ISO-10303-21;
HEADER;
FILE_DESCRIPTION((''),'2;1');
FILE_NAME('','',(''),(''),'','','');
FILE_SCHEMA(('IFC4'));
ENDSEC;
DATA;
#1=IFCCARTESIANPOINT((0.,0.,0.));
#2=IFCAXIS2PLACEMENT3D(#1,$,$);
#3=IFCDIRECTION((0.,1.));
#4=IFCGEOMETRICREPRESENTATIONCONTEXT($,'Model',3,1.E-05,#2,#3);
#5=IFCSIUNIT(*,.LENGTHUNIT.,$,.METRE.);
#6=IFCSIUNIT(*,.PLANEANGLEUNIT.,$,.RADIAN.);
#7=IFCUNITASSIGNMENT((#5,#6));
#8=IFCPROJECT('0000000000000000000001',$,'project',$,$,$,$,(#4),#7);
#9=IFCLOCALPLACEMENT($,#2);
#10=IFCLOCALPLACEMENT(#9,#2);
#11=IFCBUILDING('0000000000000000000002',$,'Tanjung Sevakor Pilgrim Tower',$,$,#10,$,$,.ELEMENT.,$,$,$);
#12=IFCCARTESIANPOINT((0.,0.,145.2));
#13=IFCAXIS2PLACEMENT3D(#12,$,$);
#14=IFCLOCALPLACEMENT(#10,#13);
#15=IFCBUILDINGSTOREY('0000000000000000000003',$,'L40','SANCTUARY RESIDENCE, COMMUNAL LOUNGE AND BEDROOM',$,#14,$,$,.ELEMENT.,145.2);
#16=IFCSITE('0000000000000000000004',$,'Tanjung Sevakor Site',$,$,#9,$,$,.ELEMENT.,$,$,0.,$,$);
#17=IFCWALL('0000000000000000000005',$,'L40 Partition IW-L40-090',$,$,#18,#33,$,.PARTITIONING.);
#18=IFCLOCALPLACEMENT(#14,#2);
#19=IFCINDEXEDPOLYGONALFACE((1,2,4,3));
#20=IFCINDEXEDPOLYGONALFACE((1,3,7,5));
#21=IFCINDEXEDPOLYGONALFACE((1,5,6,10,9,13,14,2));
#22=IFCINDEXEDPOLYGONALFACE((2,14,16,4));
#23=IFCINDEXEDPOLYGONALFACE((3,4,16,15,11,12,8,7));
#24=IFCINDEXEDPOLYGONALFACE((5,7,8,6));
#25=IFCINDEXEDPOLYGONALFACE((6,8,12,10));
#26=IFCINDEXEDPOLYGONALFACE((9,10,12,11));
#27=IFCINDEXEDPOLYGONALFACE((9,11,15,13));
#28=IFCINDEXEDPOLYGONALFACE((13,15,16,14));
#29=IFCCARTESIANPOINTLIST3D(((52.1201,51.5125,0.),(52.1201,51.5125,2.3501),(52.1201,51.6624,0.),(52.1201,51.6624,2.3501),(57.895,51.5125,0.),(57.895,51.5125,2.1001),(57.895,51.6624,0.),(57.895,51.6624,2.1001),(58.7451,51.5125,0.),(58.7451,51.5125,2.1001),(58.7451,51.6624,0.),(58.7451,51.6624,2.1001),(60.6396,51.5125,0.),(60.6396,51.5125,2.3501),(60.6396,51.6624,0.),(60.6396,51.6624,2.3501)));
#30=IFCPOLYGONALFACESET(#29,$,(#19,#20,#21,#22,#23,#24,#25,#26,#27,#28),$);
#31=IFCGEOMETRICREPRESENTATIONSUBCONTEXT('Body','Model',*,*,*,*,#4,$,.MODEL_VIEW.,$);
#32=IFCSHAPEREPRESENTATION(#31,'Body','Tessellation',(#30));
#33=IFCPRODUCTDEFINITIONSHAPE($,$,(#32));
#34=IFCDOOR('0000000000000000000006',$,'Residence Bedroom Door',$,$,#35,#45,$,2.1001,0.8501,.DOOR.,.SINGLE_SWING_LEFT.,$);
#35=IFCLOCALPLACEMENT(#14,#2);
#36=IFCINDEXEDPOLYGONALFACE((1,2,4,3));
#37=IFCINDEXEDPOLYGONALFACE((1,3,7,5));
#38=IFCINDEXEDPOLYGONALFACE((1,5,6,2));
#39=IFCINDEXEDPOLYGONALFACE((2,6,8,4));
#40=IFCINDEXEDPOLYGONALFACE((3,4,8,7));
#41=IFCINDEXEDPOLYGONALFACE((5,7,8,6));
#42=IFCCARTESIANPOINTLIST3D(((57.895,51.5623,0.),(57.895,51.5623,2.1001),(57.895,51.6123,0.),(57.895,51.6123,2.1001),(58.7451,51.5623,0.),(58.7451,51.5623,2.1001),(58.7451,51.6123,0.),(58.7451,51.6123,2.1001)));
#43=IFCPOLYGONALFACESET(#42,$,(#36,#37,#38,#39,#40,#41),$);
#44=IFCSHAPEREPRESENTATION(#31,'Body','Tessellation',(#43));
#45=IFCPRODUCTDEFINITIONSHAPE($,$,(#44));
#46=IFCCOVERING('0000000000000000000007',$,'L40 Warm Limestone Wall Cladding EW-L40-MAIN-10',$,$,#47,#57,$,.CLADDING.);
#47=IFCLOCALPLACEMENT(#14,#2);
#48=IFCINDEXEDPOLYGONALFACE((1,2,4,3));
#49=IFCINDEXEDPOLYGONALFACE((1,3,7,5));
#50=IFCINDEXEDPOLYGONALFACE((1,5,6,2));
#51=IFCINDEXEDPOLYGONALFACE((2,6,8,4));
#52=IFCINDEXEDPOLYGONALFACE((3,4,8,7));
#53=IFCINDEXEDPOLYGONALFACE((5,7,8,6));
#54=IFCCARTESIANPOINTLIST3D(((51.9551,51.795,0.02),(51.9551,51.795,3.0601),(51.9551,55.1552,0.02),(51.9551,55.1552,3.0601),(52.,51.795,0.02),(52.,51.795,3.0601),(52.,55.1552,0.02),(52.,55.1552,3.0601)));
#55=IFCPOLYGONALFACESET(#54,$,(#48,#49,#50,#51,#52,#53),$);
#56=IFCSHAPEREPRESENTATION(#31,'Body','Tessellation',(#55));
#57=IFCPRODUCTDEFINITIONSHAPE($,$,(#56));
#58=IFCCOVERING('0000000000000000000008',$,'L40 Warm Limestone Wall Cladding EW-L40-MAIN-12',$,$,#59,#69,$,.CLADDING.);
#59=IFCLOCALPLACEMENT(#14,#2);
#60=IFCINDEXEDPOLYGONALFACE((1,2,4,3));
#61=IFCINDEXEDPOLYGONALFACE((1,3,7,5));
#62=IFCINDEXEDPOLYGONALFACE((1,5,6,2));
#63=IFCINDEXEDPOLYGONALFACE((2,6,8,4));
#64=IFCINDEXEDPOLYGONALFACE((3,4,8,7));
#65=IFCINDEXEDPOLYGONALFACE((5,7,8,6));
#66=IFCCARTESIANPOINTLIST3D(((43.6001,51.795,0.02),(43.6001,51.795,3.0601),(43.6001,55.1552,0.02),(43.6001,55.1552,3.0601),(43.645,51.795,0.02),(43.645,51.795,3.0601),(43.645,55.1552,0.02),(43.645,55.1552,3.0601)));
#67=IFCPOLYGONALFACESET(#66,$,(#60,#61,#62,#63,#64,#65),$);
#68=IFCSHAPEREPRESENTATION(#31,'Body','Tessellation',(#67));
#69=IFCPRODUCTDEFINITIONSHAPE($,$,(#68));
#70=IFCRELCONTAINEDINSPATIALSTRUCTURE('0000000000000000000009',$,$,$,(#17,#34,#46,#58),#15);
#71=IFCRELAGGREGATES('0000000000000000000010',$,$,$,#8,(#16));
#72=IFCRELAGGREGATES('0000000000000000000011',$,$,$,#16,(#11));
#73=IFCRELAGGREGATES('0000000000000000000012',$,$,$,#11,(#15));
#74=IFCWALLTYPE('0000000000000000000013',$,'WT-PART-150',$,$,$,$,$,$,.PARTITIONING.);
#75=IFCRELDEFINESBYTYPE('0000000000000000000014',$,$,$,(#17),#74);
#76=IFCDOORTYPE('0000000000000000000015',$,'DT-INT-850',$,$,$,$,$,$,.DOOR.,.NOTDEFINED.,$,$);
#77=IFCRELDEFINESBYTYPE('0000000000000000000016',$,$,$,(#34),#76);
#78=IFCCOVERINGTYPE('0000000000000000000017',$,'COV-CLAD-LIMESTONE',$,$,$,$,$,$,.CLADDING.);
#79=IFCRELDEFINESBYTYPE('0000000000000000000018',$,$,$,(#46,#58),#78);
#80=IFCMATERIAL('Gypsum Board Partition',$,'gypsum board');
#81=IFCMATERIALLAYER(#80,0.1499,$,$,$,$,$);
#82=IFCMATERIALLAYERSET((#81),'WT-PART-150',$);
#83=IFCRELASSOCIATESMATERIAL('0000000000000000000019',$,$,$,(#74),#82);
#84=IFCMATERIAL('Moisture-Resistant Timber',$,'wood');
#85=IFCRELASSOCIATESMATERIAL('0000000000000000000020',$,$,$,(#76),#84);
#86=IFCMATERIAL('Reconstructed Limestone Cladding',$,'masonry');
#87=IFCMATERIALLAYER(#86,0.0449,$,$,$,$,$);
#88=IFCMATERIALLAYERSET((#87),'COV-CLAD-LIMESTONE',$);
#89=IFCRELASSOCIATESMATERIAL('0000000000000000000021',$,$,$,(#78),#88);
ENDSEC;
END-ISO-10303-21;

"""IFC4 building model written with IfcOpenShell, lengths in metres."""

from ifc_helpers import new_model, si_unit, direction, frame, frame_2d, origin, origin_2d, place, context, subcontext, project, spatial, rectangle, extrude, material, layer, layer_set, type_object, element, fill, save


model = new_model("IFC4")

# Units and contexts
model_context = context("Model", 3, precision=1e-05, world=origin(), true_north=direction((0.0, 1.0)))
body_context = subcontext(model_context, "Body", "Model", "MODEL_VIEW")
ifc_project = project(units=[si_unit("LENGTHUNIT", "METRE"), si_unit("PLANEANGLEUNIT", "RADIAN")], contexts=[model_context])

# Site, building, storey
site_placement = place(None, origin())
site = spatial("IfcSite", under=ifc_project, at=site_placement, Name="Tanjung Sevakor Site", CompositionType="ELEMENT", RefElevation=0.0)
building_placement = place(site_placement, origin())
building = spatial("IfcBuilding", under=site, at=building_placement, Name="Tanjung Sevakor Pilgrim Tower", CompositionType="ELEMENT")
storey_placement = place(building_placement, frame((0.0, 0.0, 145.2)))
storey = spatial("IfcBuildingStorey", under=building, at=storey_placement, Name="L40", Description="SANCTUARY RESIDENCE, COMMUNAL LOUNGE AND BEDROOM", CompositionType="ELEMENT", Elevation=145.2)

# Shared definitions
ifc_material_1 = material(Name="Gypsum Board Partition", Category="gypsum board")
ifc_layer_1 = layer(ifc_material_1, 0.1499)
ifc_layer_set_1 = layer_set([ifc_layer_1], Name="WT-PART-150")
wall_type_1 = type_object("IfcWallType", Name="WT-PART-150", PredefinedType="PARTITIONING", material=ifc_layer_set_1)

# Wall, opening, door
wall_1_placement = place(storey_placement, frame((52.1201, 51.5874, 0.0), z_axis=(0.0, 0.0, 1.0), x_axis=(1.0, 0.0, 0.0)))
wall_1 = element("IfcWall", 1, at=wall_1_placement, inside=storey, type_object=wall_type_1, Name="L40 Partition IW-L40-090", PredefinedType="PARTITIONING", context=body_context, shape_type="SweptSolid", body=[
    extrude(rectangle(XDim=8.5195, YDim=0.1499, at=frame_2d((4.2598, 0.0))), origin(), (0.0, 0.0, 1.0), 2.3501),
])
opening_1_placement = place(wall_1_placement, frame((5.7749, 0.0, 0.0)))
opening_1 = element("IfcOpeningElement", 2, at=opening_1_placement, cuts=wall_1, PredefinedType="OPENING", context=body_context, shape_type="SweptSolid", body=[
    extrude(rectangle(XDim=0.8501, YDim=2.1001, at=frame_2d((0.425, 1.05))), frame((0.0, 0.085, 0.0), z_axis=(0.0, -1.0, 0.0), x_axis=(1.0, 0.0, 0.0)), (0.0, 0.0, 1.0), 0.1699),
])
ifc_material_2 = material(Name="Moisture-Resistant Timber", Category="wood")
door_type_1 = type_object("IfcDoorType", Name="DT-INT-850", OperationType="NOTDEFINED", PredefinedType="DOOR", material=ifc_material_2)
door_1_placement = place(opening_1_placement, origin())
door_1 = element("IfcDoor", 3, at=door_1_placement, inside=storey, type_object=door_type_1, Name="Residence Bedroom Door", OperationType="SINGLE_SWING_LEFT", OverallHeight=2.1001, OverallWidth=0.8501, PredefinedType="DOOR", context=body_context, shape_type="SweptSolid", body=[
    extrude(rectangle(XDim=0.8501, YDim=2.1001, at=frame_2d((0.425, 1.05))), frame((0.0, 0.0249, 0.0), z_axis=(0.0, -1.0, 0.0), x_axis=(1.0, 0.0, 0.0)), (0.0, 0.0, 1.0), 0.05),
])
fill(opening_1, door_1)

# Coverings
ifc_material_3 = material(Name="Reconstructed Limestone Cladding", Category="masonry")
ifc_layer_2 = layer(ifc_material_3, 0.0449)
ifc_layer_set_2 = layer_set([ifc_layer_2], Name="COV-CLAD-LIMESTONE")
covering_type = type_object("IfcCoveringType", Name="COV-CLAD-LIMESTONE", PredefinedType="CLADDING", material=ifc_layer_set_2)
for number, where, z_axis, x_axis, name in (
    (4, (51.9775, 53.4751, 0.02), (0.0, 0.0, 1.0), (0.0, -1.0, 0.0), "L40 Warm Limestone Wall Cladding EW-L40-MAIN-10"),
    (5, (43.6226, 53.4751, 0.02), (0.0, 0.0, 1.0), (0.0, 1.0, 0.0), "L40 Warm Limestone Wall Cladding EW-L40-MAIN-12"),
):
    element("IfcCovering", number, at=place(storey_placement, frame(where, z_axis=z_axis, x_axis=x_axis)), inside=storey, type_object=covering_type, Name=name, PredefinedType="CLADDING", context=body_context, shape_type="SweptSolid", body=[
        extrude(rectangle(XDim=3.3601, YDim=0.0449, at=origin_2d()), origin(), (0.0, 0.0, 1.0), 3.04),
    ])

save(model, "model.ifc")
